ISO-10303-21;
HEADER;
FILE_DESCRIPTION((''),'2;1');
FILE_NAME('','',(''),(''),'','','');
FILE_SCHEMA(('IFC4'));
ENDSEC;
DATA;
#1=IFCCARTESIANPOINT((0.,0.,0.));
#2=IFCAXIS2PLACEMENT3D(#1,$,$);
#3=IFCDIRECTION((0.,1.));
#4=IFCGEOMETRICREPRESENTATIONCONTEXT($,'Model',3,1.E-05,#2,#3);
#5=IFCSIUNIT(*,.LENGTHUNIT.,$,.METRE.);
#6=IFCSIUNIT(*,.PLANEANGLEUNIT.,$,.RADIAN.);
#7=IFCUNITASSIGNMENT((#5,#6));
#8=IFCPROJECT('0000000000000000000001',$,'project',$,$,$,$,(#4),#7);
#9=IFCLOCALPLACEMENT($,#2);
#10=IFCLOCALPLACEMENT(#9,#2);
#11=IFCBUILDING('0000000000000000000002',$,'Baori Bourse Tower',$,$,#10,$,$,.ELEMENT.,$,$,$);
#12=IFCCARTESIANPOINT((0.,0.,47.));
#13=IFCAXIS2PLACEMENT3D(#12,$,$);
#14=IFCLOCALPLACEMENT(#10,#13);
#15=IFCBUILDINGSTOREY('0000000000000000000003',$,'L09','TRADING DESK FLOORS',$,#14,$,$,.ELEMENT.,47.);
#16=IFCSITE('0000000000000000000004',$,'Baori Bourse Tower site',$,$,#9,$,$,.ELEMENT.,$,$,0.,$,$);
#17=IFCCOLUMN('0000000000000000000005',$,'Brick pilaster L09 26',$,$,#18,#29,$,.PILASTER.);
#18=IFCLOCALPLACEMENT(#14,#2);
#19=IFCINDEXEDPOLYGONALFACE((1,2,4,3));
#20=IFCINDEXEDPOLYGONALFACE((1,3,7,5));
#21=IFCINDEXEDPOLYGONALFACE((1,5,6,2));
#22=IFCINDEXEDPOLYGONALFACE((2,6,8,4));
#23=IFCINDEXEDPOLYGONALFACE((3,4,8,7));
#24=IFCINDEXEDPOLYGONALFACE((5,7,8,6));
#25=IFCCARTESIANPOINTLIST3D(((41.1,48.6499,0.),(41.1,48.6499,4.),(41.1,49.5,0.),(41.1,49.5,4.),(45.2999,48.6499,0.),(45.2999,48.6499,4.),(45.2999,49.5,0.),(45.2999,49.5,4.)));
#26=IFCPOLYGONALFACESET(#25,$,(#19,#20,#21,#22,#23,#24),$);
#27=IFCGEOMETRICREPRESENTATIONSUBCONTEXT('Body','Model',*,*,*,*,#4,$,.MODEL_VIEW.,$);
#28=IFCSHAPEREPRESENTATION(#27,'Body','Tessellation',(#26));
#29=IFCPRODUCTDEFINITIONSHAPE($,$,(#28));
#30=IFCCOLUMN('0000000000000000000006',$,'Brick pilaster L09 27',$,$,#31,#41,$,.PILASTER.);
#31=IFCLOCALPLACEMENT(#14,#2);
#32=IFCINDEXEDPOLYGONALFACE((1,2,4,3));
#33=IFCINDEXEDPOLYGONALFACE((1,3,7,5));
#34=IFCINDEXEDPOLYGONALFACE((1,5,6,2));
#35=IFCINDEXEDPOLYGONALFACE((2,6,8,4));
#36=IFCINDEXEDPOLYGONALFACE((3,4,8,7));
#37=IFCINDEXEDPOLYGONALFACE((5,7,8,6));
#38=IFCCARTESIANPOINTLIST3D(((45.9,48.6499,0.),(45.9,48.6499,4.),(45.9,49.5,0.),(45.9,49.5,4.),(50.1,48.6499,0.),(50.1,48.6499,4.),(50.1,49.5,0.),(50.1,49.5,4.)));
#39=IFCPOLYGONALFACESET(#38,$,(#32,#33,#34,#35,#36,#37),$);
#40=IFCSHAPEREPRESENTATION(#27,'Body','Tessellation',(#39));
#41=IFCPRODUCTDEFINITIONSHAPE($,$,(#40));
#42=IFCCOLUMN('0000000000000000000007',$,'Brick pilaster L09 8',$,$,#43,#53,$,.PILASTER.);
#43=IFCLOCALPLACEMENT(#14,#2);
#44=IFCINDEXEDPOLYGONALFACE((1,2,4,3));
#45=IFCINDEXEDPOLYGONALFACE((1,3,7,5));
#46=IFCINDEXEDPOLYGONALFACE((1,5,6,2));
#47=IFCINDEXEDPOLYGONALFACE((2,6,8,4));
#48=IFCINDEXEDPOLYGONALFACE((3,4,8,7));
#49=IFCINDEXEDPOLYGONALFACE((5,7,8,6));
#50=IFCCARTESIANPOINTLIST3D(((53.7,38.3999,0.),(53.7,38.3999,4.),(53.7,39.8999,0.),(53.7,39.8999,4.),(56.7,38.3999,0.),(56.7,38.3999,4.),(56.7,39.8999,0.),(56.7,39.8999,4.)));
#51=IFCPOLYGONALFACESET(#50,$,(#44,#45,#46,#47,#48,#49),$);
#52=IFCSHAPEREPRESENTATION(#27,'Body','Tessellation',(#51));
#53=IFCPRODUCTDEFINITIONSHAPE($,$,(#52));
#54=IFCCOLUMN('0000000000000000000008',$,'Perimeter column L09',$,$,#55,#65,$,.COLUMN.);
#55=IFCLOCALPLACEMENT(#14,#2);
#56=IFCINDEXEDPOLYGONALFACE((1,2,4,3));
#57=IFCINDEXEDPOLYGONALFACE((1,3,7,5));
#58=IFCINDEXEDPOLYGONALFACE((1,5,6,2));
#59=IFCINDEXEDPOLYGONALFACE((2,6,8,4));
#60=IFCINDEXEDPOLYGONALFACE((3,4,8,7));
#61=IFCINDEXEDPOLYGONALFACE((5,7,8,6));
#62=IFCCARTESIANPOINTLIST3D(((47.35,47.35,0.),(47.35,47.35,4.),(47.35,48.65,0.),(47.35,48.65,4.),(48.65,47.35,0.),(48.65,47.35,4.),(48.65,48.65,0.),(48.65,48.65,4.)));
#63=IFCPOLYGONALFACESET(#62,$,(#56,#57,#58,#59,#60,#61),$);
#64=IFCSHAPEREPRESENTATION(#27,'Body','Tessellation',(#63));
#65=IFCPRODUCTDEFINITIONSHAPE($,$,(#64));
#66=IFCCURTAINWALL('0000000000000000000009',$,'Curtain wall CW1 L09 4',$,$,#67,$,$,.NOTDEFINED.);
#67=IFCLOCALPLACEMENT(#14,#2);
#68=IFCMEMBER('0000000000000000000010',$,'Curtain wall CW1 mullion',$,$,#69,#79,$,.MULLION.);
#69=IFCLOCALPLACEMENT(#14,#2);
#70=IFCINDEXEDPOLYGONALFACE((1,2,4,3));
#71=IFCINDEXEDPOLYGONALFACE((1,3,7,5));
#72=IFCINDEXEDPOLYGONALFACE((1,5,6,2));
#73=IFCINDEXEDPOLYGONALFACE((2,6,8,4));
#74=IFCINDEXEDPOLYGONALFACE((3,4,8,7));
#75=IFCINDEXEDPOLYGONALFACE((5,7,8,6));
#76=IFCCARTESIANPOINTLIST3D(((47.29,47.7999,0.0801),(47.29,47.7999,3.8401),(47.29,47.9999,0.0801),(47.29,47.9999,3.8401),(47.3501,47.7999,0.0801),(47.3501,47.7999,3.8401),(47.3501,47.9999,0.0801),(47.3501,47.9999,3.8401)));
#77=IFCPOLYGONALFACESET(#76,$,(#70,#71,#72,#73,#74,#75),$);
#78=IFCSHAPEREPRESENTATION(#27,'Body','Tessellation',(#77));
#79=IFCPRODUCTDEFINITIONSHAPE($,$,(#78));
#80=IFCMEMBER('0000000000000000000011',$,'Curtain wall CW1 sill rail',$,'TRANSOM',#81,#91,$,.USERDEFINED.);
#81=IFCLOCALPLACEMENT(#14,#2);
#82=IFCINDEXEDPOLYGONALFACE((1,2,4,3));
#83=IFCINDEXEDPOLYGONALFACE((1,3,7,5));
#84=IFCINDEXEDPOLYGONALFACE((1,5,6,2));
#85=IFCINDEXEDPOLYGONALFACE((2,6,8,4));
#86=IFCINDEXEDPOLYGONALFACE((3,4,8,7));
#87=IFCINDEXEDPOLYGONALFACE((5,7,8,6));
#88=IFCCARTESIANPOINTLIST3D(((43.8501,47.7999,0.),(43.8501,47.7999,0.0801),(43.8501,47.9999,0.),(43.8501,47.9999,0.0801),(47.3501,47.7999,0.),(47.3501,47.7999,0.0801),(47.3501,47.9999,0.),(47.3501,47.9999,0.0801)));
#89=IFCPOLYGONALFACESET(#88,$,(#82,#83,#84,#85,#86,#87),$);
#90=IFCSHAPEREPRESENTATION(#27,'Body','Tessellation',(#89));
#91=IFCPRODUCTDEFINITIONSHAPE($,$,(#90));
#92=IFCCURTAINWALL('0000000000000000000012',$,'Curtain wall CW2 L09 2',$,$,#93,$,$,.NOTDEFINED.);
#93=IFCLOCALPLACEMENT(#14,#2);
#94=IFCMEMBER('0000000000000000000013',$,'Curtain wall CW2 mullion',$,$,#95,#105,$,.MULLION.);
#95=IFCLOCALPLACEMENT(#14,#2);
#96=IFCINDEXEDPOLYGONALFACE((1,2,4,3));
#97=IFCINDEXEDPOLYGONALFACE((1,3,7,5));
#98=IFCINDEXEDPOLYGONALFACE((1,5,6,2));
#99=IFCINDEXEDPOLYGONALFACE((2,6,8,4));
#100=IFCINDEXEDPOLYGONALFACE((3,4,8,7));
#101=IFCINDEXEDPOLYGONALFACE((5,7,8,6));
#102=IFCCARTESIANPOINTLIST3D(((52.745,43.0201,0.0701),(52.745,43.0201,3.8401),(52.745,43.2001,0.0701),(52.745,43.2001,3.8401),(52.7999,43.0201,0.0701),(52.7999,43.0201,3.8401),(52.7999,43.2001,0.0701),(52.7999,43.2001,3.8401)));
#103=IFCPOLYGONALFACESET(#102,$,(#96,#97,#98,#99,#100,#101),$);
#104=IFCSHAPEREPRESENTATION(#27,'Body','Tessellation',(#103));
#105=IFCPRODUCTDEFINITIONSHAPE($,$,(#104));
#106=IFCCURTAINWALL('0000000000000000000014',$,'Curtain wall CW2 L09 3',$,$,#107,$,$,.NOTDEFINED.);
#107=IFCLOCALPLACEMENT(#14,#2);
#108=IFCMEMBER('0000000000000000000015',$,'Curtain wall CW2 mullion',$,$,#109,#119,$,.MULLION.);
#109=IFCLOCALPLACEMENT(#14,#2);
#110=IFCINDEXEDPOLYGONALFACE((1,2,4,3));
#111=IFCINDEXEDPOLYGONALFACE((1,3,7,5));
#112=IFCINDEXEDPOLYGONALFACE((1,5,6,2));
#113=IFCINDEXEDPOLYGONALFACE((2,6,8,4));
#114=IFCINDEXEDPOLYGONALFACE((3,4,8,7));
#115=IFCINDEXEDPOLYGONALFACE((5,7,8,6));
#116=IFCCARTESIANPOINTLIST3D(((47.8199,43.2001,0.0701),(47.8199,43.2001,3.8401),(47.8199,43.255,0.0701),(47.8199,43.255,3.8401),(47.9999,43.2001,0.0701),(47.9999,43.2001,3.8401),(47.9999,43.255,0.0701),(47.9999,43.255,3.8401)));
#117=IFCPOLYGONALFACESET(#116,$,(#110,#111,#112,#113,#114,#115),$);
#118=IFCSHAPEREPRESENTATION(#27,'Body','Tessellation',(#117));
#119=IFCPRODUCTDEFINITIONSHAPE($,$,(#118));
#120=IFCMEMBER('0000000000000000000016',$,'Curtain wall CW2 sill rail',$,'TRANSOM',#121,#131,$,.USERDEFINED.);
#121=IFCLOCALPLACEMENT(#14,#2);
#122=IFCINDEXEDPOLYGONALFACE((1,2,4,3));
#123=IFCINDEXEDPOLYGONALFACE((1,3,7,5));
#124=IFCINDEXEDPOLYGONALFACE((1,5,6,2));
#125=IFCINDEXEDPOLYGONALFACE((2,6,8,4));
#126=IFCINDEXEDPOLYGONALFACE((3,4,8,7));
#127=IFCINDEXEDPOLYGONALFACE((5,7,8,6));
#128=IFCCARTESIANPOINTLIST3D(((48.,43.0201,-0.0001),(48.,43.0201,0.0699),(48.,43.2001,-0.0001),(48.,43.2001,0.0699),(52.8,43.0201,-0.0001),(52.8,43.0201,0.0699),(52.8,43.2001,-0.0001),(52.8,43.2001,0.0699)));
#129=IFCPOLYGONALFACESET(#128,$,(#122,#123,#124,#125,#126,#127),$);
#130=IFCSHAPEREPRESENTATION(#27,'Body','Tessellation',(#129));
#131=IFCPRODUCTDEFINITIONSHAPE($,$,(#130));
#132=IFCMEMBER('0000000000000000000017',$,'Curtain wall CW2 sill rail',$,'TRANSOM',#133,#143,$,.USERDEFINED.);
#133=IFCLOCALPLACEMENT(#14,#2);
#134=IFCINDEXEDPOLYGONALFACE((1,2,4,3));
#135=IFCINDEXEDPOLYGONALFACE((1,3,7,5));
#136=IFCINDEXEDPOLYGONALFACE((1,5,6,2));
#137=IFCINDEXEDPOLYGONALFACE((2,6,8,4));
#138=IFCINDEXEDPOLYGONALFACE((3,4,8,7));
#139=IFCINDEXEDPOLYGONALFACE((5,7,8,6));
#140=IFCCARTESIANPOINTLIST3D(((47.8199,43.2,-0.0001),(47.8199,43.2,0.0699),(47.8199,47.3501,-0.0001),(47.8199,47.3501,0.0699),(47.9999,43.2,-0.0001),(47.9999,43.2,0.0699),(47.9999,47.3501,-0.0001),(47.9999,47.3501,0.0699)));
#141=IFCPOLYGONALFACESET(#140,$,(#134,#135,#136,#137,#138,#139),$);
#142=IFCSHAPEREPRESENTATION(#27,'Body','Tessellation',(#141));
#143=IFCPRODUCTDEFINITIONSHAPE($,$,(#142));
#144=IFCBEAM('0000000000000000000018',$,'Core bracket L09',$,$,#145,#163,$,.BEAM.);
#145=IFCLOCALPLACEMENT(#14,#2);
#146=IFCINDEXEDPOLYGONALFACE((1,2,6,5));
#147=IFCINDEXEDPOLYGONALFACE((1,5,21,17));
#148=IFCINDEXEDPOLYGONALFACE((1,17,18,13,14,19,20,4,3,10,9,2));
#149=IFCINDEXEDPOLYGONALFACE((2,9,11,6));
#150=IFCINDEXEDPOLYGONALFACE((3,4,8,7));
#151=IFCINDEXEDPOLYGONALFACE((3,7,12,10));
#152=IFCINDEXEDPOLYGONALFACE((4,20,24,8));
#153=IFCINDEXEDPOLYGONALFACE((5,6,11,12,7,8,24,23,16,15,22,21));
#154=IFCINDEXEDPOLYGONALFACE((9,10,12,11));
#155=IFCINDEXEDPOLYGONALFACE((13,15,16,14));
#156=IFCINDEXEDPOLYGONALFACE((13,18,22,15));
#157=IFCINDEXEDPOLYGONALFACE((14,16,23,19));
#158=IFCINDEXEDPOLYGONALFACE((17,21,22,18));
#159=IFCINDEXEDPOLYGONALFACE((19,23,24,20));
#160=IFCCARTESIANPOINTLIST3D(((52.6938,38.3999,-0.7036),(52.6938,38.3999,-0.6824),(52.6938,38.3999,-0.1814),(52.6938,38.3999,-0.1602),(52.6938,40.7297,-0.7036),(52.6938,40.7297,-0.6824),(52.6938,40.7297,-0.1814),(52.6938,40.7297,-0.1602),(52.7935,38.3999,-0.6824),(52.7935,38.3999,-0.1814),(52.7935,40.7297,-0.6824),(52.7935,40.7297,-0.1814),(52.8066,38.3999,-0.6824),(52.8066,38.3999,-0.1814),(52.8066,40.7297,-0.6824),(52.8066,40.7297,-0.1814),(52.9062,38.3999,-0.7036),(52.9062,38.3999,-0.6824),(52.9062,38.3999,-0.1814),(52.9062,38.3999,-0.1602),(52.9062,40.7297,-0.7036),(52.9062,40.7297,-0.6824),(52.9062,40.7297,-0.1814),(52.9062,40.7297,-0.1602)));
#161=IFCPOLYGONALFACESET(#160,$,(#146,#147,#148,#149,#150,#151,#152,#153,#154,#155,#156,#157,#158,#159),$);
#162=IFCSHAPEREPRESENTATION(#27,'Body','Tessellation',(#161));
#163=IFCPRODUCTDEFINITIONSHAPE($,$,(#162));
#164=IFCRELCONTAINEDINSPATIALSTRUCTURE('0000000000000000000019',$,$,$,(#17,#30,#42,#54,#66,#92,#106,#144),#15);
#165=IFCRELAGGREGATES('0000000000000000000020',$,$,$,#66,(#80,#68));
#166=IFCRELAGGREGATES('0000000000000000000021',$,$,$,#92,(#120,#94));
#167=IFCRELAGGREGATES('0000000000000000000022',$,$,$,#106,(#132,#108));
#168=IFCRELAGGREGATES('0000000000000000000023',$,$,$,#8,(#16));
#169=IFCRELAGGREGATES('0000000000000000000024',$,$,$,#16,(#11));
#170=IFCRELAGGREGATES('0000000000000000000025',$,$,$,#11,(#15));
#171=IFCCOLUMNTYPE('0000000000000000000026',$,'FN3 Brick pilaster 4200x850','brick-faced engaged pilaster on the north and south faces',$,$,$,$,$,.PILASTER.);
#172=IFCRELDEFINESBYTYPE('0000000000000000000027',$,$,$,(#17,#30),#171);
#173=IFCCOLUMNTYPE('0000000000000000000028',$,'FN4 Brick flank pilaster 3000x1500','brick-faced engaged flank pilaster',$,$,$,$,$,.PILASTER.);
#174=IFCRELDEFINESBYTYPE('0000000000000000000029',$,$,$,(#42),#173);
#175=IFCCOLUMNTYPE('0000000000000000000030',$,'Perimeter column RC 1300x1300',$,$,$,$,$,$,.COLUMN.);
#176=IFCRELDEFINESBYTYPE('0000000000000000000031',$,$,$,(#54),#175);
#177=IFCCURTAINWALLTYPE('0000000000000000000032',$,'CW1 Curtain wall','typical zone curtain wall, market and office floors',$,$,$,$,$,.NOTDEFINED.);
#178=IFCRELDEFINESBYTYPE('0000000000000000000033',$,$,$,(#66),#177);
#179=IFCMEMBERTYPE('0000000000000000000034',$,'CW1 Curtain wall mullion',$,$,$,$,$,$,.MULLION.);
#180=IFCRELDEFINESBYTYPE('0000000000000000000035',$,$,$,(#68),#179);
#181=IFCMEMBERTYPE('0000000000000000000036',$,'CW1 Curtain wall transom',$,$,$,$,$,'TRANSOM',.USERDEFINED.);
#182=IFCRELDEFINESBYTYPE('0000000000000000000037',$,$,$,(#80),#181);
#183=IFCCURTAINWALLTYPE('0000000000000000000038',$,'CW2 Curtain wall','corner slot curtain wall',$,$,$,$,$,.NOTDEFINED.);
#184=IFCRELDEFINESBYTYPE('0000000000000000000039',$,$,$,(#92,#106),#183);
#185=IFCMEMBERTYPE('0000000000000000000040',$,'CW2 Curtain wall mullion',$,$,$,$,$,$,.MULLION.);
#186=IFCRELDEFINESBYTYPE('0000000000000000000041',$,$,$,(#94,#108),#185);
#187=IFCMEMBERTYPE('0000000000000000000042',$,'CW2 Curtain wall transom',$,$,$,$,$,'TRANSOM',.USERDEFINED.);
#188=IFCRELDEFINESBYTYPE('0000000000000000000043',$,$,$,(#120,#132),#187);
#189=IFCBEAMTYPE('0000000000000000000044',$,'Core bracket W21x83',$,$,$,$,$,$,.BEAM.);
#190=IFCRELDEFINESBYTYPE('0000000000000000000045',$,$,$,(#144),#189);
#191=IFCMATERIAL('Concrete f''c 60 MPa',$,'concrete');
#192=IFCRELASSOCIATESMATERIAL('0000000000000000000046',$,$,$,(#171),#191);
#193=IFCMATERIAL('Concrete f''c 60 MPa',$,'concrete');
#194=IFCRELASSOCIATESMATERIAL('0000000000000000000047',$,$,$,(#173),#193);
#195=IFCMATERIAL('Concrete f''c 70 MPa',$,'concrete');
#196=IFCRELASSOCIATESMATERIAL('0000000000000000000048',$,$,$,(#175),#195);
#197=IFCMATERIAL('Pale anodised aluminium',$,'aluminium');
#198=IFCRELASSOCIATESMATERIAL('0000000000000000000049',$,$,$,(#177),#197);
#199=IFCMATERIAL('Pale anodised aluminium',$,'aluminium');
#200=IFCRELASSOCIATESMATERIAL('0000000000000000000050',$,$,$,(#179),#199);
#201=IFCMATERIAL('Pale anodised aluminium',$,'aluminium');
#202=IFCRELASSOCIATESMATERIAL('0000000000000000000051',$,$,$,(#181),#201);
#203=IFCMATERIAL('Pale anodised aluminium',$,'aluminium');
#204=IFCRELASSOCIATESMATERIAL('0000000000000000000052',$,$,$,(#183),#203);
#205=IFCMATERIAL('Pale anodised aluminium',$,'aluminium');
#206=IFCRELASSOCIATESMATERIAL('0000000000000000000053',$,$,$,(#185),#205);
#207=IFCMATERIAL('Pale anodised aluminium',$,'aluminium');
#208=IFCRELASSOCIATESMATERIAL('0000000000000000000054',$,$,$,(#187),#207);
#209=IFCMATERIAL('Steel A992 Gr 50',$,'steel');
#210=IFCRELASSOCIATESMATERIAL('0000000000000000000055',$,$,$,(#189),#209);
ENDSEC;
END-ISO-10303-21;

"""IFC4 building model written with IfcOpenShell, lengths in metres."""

from ifc_helpers import new_model, si_unit, direction, frame, origin, origin_2d, place, context, subcontext, project, spatial, rectangle, i_section, extrude, material, material_profile, profile_set, type_object, element, aggregate, save


model = new_model("IFC4")

# Units and contexts
model_context = context("Model", 3, precision=1e-05, world=origin(), true_north=direction((0.0, 1.0)))
body_context = subcontext(model_context, "Body", "Model", "MODEL_VIEW")
ifc_project = project(units=[si_unit("LENGTHUNIT", "METRE"), si_unit("PLANEANGLEUNIT", "RADIAN")], contexts=[model_context])

# Site, building, storey
site_placement = place(None, origin())
site = spatial("IfcSite", under=ifc_project, at=site_placement, Name="Baori Bourse Tower site", CompositionType="ELEMENT", RefElevation=0.0)
building_placement = place(site_placement, origin())
building = spatial("IfcBuilding", under=site, at=building_placement, Name="Baori Bourse Tower", CompositionType="ELEMENT")
storey_placement = place(building_placement, frame((0.0, 0.0, 47.0)))
storey = spatial("IfcBuildingStorey", under=building, at=storey_placement, Name="L09", Description="TRADING DESK FLOORS", CompositionType="ELEMENT", Elevation=47.0)

# Columns
ifc_material_1 = material(Name="Concrete f'c 60 MPa", Category="concrete")
ifc_material_profile_1 = material_profile(ifc_material_1, rectangle(XDim=4.2, YDim=0.8501, at=origin_2d()), Name="RC 4200x850")
ifc_profile_set_1 = profile_set([ifc_material_profile_1], Name="Concrete f'c 60 MPa")
column_type_1 = type_object("IfcColumnType", Name="FN3 Brick pilaster 4200x850", Description="brick-faced engaged pilaster on the north and south faces", PredefinedType="PILASTER", material=ifc_profile_set_1)
for number, where, z_axis, x_axis, name in (
    (1, (43.2, 49.075, 0.0), (0.0, 0.0, 1.0), (1.0, 0.0, 0.0), "Brick pilaster L09 26"),
    (2, (48.0, 49.075, 0.0), (0.0, 0.0, 1.0), (1.0, 0.0, 0.0), "Brick pilaster L09 27"),
):
    element("IfcColumn", number, at=place(storey_placement, frame(where, z_axis=z_axis, x_axis=x_axis)), inside=storey, type_object=column_type_1, Name=name, PredefinedType="PILASTER", context=body_context, shape_type="SweptSolid", body=[
        extrude(rectangle(XDim=4.2, YDim=0.8501, at=origin_2d()), origin(), (0.0, 0.0, 1.0), 4.0),
    ])
ifc_material_2 = material(Name="Concrete f'c 60 MPa", Category="concrete")
ifc_material_profile_2 = material_profile(ifc_material_2, rectangle(XDim=3.0, YDim=1.5, at=origin_2d()), Name="RC 3000x1500")
ifc_profile_set_2 = profile_set([ifc_material_profile_2], Name="Concrete f'c 60 MPa")
column_type_2 = type_object("IfcColumnType", Name="FN4 Brick flank pilaster 3000x1500", Description="brick-faced engaged flank pilaster", PredefinedType="PILASTER", material=ifc_profile_set_2)
column_1_placement = place(storey_placement, frame((55.2, 39.1499, 0.0), z_axis=(0.0, 0.0, 1.0), x_axis=(1.0, 0.0, 0.0)))
element("IfcColumn", 3, at=column_1_placement, inside=storey, type_object=column_type_2, Name="Brick pilaster L09 8", PredefinedType="PILASTER", context=body_context, shape_type="SweptSolid", body=[
    extrude(rectangle(XDim=3.0, YDim=1.5, at=origin_2d()), origin(), (0.0, 0.0, 1.0), 4.0),
])
ifc_material_3 = material(Name="Concrete f'c 70 MPa", Category="concrete")
ifc_material_profile_3 = material_profile(ifc_material_3, rectangle(XDim=1.3, YDim=1.3, at=origin_2d()), Name="RC 1300x1300")
ifc_profile_set_3 = profile_set([ifc_material_profile_3], Name="Concrete f'c 70 MPa")
column_type_3 = type_object("IfcColumnType", Name="Perimeter column RC 1300x1300", PredefinedType="COLUMN", material=ifc_profile_set_3)
column_2_placement = place(storey_placement, frame((48.0, 48.0, 0.0), z_axis=(0.0, 0.0, 1.0), x_axis=(1.0, 0.0, 0.0)))
element("IfcColumn", 4, at=column_2_placement, inside=storey, type_object=column_type_3, Name="Perimeter column L09", PredefinedType="COLUMN", context=body_context, shape_type="SweptSolid", body=[
    extrude(rectangle(XDim=1.3, YDim=1.3, at=origin_2d()), origin(), (0.0, 0.0, 1.0), 4.0),
])

# Curtain wall, members
ifc_material_4 = material(Name="Pale anodised aluminium", Category="aluminium")
curtain_wall_type_1 = type_object("IfcCurtainWallType", Name="CW1 Curtain wall", Description="typical zone curtain wall, market and office floors", PredefinedType="NOTDEFINED", material=ifc_material_4)
curtain_wall_1_placement = place(storey_placement, origin())
curtain_wall_1 = element("IfcCurtainWall", 5, at=curtain_wall_1_placement, inside=storey, type_object=curtain_wall_type_1, Name="Curtain wall CW1 L09 4", PredefinedType="NOTDEFINED")
ifc_material_5 = material(Name="Pale anodised aluminium", Category="aluminium")
ifc_material_profile_4 = material_profile(ifc_material_5, rectangle(XDim=0.2, YDim=0.0601, at=origin_2d()), Name="Mullion 60x200")
ifc_profile_set_4 = profile_set([ifc_material_profile_4], Name="Pale anodised aluminium")
member_type_1 = type_object("IfcMemberType", Name="CW1 Curtain wall mullion", PredefinedType="MULLION", material=ifc_profile_set_4)
member_1_placement = place(storey_placement, frame((47.3201, 47.8999, 0.0801), z_axis=(0.0, 0.0, 1.0), x_axis=(0.0, -1.0, 0.0)))
member_1 = element("IfcMember", 6, at=member_1_placement, type_object=member_type_1, Name="Curtain wall CW1 mullion", PredefinedType="MULLION", context=body_context, shape_type="SweptSolid", body=[
    extrude(rectangle(XDim=0.2, YDim=0.0601, at=origin_2d()), origin(), (0.0, 0.0, 1.0), 3.76),
])
ifc_material_6 = material(Name="Pale anodised aluminium", Category="aluminium")
ifc_material_profile_5 = material_profile(ifc_material_6, rectangle(XDim=0.2, YDim=0.0801, at=origin_2d()), Name="Transom 80x200")
ifc_profile_set_5 = profile_set([ifc_material_profile_5], Name="Pale anodised aluminium")
member_type_2 = type_object("IfcMemberType", Name="CW1 Curtain wall transom", ElementType="TRANSOM", PredefinedType="USERDEFINED", material=ifc_profile_set_5)
member_2_placement = place(storey_placement, frame((47.3501, 47.8999, 0.04), z_axis=(-1.0, 0.0, 0.0), x_axis=(0.0, -1.0, 0.0)))
member_2 = element("IfcMember", 7, at=member_2_placement, type_object=member_type_2, Name="Curtain wall CW1 sill rail", ObjectType="TRANSOM", PredefinedType="USERDEFINED", context=body_context, shape_type="SweptSolid", body=[
    extrude(rectangle(XDim=0.2, YDim=0.0801, at=origin_2d()), origin(), (0.0, 0.0, 1.0), 3.5),
])

# Curtain walls, members
ifc_material_7 = material(Name="Pale anodised aluminium", Category="aluminium")
curtain_wall_type_2 = type_object("IfcCurtainWallType", Name="CW2 Curtain wall", Description="corner slot curtain wall", PredefinedType="NOTDEFINED", material=ifc_material_7)
curtain_wall_2_placement = place(storey_placement, origin())
curtain_wall_2 = element("IfcCurtainWall", 8, at=curtain_wall_2_placement, inside=storey, type_object=curtain_wall_type_2, Name="Curtain wall CW2 L09 2", PredefinedType="NOTDEFINED")
ifc_material_8 = material(Name="Pale anodised aluminium", Category="aluminium")
ifc_material_profile_6 = material_profile(ifc_material_8, rectangle(XDim=0.1799, YDim=0.0549, at=origin_2d()), Name="Mullion 55x180")
ifc_profile_set_6 = profile_set([ifc_material_profile_6], Name="Pale anodised aluminium")
member_type_3 = type_object("IfcMemberType", Name="CW2 Curtain wall mullion", PredefinedType="MULLION", material=ifc_profile_set_6)
member_3_placement = place(storey_placement, frame((52.7725, 43.1101, 0.0701), z_axis=(0.0, 0.0, 1.0), x_axis=(0.0, -1.0, 0.0)))
member_3 = element("IfcMember", 9, at=member_3_placement, type_object=member_type_3, Name="Curtain wall CW2 mullion", PredefinedType="MULLION", context=body_context, shape_type="SweptSolid", body=[
    extrude(rectangle(XDim=0.1799, YDim=0.0549, at=origin_2d()), origin(), (0.0, 0.0, 1.0), 3.77),
])
curtain_wall_3_placement = place(storey_placement, origin())
curtain_wall_3 = element("IfcCurtainWall", 10, at=curtain_wall_3_placement, inside=storey, type_object=curtain_wall_type_2, Name="Curtain wall CW2 L09 3", PredefinedType="NOTDEFINED")
member_4_placement = place(storey_placement, frame((47.9099, 43.2275, 0.0701), z_axis=(0.0, 0.0, 1.0), x_axis=(-1.0, 0.0, 0.0)))
member_4 = element("IfcMember", 11, at=member_4_placement, type_object=member_type_3, Name="Curtain wall CW2 mullion", PredefinedType="MULLION", context=body_context, shape_type="SweptSolid", body=[
    extrude(rectangle(XDim=0.1799, YDim=0.0549, at=origin_2d()), origin(), (0.0, 0.0, 1.0), 3.77),
])

# Members
ifc_material_9 = material(Name="Pale anodised aluminium", Category="aluminium")
ifc_material_profile_7 = material_profile(ifc_material_9, rectangle(XDim=0.1799, YDim=0.0701, at=origin_2d()), Name="Transom 70x180")
ifc_profile_set_7 = profile_set([ifc_material_profile_7], Name="Pale anodised aluminium")
member_type_4 = type_object("IfcMemberType", Name="CW2 Curtain wall transom", ElementType="TRANSOM", PredefinedType="USERDEFINED", material=ifc_profile_set_7)
member_5_placement = place(storey_placement, frame((52.8, 43.1101, 0.0349), z_axis=(-1.0, 0.0, 0.0), x_axis=(0.0, -1.0, 0.0)))
member_5 = element("IfcMember", 12, at=member_5_placement, type_object=member_type_4, Name="Curtain wall CW2 sill rail", ObjectType="TRANSOM", PredefinedType="USERDEFINED", context=body_context, shape_type="SweptSolid", body=[
    extrude(rectangle(XDim=0.1799, YDim=0.0701, at=origin_2d()), origin(), (0.0, 0.0, 1.0), 4.8),
])
member_6_placement = place(storey_placement, frame((47.9099, 43.2, 0.0349), z_axis=(0.0, 1.0, 0.0), x_axis=(-1.0, 0.0, 0.0)))
member_6 = element("IfcMember", 13, at=member_6_placement, type_object=member_type_4, Name="Curtain wall CW2 sill rail", ObjectType="TRANSOM", PredefinedType="USERDEFINED", context=body_context, shape_type="SweptSolid", body=[
    extrude(rectangle(XDim=0.1799, YDim=0.0701, at=origin_2d()), origin(), (0.0, 0.0, 1.0), 4.1501),
])

# Beam
ifc_material_10 = material(Name="Steel A992 Gr 50", Category="steel")
ifc_material_profile_8 = material_profile(ifc_material_10, i_section(OverallWidth=0.2124, OverallDepth=0.5435, WebThickness=0.0132, FlangeThickness=0.0212, at=origin_2d()), Name="W21x83")
ifc_profile_set_8 = profile_set([ifc_material_profile_8], Name="Steel A992 Gr 50")
beam_type_1 = type_object("IfcBeamType", Name="Core bracket W21x83", PredefinedType="BEAM", material=ifc_profile_set_8)
beam_1_placement = place(storey_placement, frame((52.8, 38.3999, -0.4319), z_axis=(0.0, 1.0, 0.0), x_axis=(-1.0, 0.0, 0.0)))
element("IfcBeam", 14, at=beam_1_placement, inside=storey, type_object=beam_type_1, Name="Core bracket L09", PredefinedType="BEAM", context=body_context, shape_type="SweptSolid", body=[
    extrude(i_section(OverallWidth=0.2124, OverallDepth=0.5435, WebThickness=0.0132, FlangeThickness=0.0212, at=origin_2d()), origin(), (0.0, 0.0, 1.0), 2.3298),
])

aggregate(curtain_wall_1, [member_2, member_1])

aggregate(curtain_wall_2, [member_5, member_3])
aggregate(curtain_wall_3, [member_6, member_4])

save(model, "model.ifc")
